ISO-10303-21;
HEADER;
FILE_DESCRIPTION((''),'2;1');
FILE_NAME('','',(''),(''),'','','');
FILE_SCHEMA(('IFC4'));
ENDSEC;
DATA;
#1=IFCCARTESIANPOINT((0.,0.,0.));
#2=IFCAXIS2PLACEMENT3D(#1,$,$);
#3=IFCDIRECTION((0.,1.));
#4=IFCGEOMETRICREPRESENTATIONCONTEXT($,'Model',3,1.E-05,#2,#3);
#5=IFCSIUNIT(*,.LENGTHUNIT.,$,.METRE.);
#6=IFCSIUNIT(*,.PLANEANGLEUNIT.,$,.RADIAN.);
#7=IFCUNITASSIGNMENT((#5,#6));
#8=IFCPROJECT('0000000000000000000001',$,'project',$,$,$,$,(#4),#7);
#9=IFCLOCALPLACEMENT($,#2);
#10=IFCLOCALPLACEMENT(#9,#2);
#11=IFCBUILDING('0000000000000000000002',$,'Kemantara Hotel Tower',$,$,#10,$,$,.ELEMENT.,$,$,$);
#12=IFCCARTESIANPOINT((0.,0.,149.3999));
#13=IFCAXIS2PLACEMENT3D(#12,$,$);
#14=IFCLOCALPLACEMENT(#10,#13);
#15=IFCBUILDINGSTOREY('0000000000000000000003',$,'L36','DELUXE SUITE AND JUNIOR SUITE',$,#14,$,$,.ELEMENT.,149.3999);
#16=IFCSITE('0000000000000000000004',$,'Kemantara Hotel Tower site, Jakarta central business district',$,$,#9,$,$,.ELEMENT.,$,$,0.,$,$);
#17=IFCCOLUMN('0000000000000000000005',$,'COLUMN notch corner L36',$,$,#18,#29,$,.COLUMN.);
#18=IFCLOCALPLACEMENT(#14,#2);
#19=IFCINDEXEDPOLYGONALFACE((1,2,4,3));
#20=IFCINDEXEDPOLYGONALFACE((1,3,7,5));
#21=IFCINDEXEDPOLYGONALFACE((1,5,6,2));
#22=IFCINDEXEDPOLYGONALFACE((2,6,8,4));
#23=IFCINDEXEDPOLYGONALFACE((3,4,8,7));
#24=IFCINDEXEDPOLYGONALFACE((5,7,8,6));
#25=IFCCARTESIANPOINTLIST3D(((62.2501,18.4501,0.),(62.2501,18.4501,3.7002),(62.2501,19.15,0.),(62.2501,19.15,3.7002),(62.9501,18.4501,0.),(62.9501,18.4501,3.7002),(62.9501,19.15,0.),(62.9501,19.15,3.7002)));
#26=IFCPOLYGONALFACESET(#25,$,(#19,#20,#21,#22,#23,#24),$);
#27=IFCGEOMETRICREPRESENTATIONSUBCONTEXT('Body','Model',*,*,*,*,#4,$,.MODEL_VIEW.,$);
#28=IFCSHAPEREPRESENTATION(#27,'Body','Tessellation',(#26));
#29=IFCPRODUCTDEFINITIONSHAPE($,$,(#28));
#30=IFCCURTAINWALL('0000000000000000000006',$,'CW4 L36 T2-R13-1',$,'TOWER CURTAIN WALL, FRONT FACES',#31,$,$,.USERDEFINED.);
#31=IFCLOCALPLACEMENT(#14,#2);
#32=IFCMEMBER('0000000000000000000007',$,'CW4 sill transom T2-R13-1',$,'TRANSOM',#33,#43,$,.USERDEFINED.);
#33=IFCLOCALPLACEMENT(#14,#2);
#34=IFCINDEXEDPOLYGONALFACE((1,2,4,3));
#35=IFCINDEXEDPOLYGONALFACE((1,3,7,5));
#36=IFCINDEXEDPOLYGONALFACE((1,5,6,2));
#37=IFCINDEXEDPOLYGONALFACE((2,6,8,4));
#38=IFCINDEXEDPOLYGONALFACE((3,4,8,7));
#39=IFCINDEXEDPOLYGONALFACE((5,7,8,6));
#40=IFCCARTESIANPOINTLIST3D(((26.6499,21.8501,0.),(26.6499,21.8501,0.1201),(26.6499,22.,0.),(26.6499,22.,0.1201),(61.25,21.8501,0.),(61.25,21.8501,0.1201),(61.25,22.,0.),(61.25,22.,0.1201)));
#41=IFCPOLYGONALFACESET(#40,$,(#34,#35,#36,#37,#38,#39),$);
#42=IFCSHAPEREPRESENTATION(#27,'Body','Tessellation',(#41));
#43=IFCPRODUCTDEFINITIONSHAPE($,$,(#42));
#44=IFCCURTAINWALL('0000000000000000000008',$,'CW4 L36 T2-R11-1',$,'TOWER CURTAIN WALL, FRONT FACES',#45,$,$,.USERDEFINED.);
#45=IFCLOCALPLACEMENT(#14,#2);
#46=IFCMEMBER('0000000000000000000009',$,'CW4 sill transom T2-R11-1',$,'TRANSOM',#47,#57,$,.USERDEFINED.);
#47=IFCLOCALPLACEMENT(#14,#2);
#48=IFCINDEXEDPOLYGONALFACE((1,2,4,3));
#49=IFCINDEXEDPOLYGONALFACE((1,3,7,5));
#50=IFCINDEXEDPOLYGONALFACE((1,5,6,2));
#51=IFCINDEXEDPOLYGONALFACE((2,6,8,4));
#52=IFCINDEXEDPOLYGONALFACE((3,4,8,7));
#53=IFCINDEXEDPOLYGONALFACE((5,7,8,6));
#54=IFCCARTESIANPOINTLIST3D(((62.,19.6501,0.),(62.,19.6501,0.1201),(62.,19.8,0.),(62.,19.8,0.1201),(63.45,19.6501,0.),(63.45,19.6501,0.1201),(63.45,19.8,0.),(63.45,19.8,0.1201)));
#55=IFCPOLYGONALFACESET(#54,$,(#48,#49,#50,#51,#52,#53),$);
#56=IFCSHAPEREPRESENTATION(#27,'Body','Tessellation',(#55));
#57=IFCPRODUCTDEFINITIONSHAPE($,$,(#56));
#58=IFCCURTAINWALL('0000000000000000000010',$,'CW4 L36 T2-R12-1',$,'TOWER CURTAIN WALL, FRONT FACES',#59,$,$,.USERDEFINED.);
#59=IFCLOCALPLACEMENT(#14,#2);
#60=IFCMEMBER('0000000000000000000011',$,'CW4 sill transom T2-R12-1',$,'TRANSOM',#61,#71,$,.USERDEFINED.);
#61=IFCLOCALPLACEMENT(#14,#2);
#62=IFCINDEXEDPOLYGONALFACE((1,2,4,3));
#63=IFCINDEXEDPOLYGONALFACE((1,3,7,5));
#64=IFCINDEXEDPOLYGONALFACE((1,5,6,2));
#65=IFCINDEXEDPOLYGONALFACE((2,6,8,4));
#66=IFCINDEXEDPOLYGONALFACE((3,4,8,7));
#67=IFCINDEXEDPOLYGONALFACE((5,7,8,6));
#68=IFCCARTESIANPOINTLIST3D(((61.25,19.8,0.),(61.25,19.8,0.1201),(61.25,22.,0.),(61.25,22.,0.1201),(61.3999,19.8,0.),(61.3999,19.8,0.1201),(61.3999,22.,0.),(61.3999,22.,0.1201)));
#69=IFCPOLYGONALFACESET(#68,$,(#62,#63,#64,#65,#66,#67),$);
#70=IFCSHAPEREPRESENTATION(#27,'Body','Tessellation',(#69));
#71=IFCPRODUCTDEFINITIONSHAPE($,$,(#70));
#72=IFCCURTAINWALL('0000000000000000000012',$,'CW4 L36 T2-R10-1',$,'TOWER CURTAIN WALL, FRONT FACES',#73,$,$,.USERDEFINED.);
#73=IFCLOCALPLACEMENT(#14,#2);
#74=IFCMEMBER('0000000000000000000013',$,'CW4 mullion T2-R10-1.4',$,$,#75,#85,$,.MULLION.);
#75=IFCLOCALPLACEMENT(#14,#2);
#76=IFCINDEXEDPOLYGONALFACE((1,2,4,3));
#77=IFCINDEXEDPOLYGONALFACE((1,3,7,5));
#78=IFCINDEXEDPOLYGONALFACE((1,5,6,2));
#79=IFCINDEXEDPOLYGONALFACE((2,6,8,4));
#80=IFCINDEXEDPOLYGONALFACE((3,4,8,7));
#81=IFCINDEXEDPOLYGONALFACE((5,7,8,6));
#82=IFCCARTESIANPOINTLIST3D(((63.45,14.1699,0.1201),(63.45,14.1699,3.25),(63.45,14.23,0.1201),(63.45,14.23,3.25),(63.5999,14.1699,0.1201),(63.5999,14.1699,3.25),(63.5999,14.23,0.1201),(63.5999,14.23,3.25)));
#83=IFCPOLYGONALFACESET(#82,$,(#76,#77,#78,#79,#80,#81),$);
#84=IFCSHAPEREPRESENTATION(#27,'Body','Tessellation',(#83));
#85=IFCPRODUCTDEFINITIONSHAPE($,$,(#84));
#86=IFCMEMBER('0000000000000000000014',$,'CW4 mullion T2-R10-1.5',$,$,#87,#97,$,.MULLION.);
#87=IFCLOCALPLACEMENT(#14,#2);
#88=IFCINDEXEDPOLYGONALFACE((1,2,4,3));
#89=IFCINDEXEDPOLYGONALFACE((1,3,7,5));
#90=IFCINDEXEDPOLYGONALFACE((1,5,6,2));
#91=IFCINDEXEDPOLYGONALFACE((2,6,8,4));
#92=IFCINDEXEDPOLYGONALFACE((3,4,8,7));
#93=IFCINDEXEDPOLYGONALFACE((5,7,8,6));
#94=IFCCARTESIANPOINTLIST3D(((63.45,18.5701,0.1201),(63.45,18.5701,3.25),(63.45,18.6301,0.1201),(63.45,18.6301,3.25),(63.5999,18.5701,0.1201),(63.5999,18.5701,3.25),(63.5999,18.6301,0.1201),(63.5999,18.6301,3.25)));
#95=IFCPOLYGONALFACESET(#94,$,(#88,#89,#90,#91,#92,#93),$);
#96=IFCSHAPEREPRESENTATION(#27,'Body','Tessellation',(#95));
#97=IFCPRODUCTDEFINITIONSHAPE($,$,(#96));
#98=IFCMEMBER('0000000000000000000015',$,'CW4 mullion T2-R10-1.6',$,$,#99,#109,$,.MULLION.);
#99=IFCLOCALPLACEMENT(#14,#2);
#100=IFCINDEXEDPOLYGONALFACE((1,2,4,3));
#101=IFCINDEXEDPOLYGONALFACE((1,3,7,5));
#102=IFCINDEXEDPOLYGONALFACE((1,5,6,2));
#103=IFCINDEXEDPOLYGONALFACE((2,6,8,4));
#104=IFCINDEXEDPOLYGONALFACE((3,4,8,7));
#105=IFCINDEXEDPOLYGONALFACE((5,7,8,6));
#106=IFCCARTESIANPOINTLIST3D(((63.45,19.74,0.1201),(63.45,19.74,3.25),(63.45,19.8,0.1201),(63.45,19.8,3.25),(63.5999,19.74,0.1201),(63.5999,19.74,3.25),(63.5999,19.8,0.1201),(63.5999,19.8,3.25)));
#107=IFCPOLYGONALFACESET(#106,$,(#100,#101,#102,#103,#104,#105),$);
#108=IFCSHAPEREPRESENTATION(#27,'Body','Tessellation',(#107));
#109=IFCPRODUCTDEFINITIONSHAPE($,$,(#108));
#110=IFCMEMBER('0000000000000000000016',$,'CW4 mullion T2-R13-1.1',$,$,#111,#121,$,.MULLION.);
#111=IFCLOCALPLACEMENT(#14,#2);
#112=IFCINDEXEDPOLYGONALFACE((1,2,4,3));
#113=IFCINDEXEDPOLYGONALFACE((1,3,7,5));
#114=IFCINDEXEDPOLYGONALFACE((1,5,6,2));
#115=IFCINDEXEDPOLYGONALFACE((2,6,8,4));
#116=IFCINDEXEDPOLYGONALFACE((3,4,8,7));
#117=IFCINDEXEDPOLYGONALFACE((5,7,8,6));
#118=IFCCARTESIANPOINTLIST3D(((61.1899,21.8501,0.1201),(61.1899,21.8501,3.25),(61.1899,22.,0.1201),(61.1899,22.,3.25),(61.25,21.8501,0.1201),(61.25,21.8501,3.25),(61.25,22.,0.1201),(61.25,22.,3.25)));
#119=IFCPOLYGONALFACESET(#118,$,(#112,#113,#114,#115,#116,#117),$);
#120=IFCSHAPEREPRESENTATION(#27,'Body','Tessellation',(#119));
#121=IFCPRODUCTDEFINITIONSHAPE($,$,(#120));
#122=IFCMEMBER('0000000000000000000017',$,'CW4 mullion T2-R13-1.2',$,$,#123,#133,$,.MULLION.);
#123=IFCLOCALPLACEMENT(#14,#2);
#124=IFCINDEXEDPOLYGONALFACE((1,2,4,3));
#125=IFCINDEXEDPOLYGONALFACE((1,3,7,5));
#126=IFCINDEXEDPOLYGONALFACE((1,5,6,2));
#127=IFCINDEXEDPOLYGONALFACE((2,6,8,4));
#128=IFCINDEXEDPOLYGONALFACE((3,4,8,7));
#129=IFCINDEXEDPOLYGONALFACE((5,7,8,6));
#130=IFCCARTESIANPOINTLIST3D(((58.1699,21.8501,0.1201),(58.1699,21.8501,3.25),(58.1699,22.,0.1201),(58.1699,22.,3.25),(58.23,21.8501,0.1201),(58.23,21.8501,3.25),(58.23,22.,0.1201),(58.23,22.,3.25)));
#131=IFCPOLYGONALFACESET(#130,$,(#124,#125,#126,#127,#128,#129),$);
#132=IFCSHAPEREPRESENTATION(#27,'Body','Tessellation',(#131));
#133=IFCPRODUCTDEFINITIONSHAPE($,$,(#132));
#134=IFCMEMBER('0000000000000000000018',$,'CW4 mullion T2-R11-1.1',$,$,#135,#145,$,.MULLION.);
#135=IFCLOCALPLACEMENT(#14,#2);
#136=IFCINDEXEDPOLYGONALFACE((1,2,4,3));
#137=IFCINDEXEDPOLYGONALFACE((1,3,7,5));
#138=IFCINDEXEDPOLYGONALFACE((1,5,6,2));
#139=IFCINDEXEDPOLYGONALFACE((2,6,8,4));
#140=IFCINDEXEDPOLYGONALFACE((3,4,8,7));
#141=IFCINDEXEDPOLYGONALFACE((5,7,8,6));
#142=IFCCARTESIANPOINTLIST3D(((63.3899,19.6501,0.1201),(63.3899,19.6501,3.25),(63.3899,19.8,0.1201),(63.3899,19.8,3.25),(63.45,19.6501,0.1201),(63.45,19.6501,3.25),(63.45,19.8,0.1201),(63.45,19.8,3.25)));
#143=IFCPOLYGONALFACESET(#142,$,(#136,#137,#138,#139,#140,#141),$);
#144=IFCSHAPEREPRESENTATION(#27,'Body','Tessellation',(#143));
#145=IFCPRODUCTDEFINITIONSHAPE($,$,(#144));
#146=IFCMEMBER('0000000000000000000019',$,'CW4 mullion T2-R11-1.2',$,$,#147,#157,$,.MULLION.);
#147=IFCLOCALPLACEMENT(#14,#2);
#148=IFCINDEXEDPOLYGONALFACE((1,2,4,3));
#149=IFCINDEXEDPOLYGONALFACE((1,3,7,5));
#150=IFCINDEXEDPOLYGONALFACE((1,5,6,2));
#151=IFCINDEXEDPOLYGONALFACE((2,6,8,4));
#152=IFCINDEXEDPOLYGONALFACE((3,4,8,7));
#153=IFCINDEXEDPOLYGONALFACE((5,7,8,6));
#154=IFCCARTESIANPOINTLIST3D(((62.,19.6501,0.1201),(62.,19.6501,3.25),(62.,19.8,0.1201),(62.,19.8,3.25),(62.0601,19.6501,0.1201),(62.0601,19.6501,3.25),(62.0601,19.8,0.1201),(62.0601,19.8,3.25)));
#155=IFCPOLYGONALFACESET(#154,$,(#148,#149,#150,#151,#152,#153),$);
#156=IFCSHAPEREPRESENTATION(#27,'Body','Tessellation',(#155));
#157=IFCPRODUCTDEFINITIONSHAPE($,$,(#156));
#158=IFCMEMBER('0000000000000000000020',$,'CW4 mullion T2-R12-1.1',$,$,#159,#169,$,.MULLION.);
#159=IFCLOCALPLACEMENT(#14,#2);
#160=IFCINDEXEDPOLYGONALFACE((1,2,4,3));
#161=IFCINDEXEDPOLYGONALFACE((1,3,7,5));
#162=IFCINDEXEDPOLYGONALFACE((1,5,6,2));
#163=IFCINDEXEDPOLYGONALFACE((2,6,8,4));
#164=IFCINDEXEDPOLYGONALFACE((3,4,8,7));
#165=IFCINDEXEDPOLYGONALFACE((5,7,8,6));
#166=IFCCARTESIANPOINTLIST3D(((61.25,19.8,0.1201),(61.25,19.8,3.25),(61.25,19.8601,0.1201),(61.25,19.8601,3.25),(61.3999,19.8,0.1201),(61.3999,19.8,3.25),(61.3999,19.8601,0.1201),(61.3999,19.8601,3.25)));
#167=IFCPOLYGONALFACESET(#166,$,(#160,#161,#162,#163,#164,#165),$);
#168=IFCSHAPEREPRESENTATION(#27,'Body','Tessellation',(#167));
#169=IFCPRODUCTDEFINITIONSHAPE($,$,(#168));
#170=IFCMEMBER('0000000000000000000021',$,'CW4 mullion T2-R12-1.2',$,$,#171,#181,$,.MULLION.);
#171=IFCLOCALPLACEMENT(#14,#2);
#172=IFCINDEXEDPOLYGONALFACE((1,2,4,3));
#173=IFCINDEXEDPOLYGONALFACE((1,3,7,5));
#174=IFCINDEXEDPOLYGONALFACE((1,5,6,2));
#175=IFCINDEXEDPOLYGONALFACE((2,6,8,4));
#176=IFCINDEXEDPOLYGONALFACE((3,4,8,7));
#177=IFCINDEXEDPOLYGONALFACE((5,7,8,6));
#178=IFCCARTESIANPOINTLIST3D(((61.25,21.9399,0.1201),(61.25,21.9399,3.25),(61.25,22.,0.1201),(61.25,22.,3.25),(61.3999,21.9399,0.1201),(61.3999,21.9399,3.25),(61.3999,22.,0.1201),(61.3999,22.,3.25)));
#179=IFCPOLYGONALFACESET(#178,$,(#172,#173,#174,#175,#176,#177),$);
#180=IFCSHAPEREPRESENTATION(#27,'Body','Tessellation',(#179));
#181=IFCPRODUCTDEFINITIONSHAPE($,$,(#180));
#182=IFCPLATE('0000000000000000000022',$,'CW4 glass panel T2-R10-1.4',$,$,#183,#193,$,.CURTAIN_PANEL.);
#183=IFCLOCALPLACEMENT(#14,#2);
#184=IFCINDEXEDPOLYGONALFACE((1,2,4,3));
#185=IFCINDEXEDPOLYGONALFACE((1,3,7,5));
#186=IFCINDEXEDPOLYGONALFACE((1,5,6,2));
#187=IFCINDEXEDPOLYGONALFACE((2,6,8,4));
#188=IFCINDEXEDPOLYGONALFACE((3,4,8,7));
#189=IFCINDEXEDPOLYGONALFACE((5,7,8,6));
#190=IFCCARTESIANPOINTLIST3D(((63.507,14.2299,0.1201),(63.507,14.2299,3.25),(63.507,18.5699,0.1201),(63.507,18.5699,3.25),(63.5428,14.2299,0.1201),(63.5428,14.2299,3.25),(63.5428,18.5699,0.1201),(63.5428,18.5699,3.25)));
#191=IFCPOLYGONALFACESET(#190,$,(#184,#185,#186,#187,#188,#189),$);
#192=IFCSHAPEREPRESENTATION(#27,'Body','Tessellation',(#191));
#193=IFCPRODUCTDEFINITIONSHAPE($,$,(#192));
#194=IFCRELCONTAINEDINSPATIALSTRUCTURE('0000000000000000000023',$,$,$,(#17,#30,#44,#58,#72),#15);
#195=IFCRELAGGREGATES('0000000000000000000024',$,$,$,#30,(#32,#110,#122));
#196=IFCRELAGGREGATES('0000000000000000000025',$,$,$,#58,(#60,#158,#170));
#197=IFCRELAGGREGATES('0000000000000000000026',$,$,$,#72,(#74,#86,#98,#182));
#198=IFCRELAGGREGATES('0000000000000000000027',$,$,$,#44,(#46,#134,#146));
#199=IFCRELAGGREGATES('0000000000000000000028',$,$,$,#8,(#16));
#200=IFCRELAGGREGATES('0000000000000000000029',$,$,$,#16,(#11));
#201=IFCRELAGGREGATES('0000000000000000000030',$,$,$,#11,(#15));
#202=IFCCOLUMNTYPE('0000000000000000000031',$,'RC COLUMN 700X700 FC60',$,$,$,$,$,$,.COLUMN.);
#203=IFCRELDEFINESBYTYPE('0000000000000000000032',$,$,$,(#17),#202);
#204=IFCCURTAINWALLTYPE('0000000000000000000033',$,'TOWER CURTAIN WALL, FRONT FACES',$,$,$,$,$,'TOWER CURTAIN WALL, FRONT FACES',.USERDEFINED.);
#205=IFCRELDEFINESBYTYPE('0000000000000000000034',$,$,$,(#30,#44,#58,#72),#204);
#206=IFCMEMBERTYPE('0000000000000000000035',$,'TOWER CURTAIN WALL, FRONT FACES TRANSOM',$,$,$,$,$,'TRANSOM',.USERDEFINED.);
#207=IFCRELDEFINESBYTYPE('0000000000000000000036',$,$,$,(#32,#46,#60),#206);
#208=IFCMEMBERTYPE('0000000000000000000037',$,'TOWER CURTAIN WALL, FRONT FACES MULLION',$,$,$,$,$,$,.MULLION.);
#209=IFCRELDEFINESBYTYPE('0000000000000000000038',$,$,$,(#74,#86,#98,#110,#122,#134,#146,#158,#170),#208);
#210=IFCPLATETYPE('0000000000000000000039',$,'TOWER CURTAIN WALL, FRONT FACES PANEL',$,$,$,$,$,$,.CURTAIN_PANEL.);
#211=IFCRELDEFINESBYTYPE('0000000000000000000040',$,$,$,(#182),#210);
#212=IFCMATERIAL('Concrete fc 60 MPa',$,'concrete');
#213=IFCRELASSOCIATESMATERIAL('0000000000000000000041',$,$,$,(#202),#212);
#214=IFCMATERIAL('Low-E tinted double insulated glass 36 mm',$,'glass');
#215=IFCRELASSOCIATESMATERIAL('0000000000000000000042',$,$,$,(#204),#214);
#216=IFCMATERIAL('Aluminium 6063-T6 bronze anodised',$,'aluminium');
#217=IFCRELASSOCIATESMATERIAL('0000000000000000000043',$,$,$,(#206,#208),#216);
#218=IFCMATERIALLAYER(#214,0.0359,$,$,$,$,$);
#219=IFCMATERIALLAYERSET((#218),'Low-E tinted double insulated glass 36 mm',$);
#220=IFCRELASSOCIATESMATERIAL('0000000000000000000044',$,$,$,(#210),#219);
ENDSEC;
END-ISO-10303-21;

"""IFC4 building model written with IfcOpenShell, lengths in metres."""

from ifc_helpers import new_model, si_unit, direction, frame, origin, origin_2d, place, context, subcontext, project, spatial, rectangle, extrude, source, transform, mapped, material, layer, layer_set, material_profile, profile_set, type_object, element, aggregate, save


model = new_model("IFC4")

# Units and contexts
model_context = context("Model", 3, precision=1e-05, world=origin(), true_north=direction((0.0, 1.0)))
body_context = subcontext(model_context, "Body", "Model", "MODEL_VIEW")
ifc_project = project(units=[si_unit("LENGTHUNIT", "METRE"), si_unit("PLANEANGLEUNIT", "RADIAN")], contexts=[model_context])

# Site, building, storey
site_placement = place(None, origin())
site = spatial("IfcSite", under=ifc_project, at=site_placement, Name="Kemantara Hotel Tower site, Jakarta central business district", CompositionType="ELEMENT", RefElevation=0.0)
building_placement = place(site_placement, origin())
building = spatial("IfcBuilding", under=site, at=building_placement, Name="Kemantara Hotel Tower", CompositionType="ELEMENT")
storey_placement = place(building_placement, frame((0.0, 0.0, 149.3999)))
storey = spatial("IfcBuildingStorey", under=building, at=storey_placement, Name="L36", Description="DELUXE SUITE AND JUNIOR SUITE", CompositionType="ELEMENT", Elevation=149.3999)

# Column
ifc_material_1 = material(Name="Concrete fc 60 MPa", Category="concrete")
ifc_material_profile_1 = material_profile(ifc_material_1, rectangle(XDim=0.7, YDim=0.7, at=origin_2d()), Name="RC 700X700")
ifc_profile_set_1 = profile_set([ifc_material_profile_1], Name="Concrete fc 60 MPa")
column_type = type_object("IfcColumnType", Name="RC COLUMN 700X700 FC60", PredefinedType="COLUMN", material=ifc_profile_set_1)
column_placement = place(storey_placement, frame((62.6001, 18.8, 0.0), z_axis=(0.0, 0.0, 1.0), x_axis=(1.0, 0.0, 0.0)))
element("IfcColumn", 1, at=column_placement, inside=storey, type_object=column_type, Name="COLUMN notch corner L36", PredefinedType="COLUMN", context=body_context, shape_type="SweptSolid", body=[
    extrude(rectangle(XDim=0.7, YDim=0.7, at=origin_2d()), origin(), (0.0, 0.0, 1.0), 3.7002),
])

# Curtain walls, members
ifc_material_2 = material(Name="Low-E tinted double insulated glass 36 mm", Category="glass")
curtain_wall_type = type_object("IfcCurtainWallType", Name="TOWER CURTAIN WALL, FRONT FACES", ElementType="TOWER CURTAIN WALL, FRONT FACES", PredefinedType="USERDEFINED", material=ifc_material_2)
curtain_wall_1_placement = place(storey_placement, origin())
curtain_wall_1 = element("IfcCurtainWall", 2, at=curtain_wall_1_placement, inside=storey, type_object=curtain_wall_type, Name="CW4 L36 T2-R13-1", ObjectType="TOWER CURTAIN WALL, FRONT FACES", PredefinedType="USERDEFINED")
ifc_material_3 = material(Name="Aluminium 6063-T6 bronze anodised", Category="aluminium")
ifc_material_profile_2 = material_profile(ifc_material_3, rectangle(XDim=0.1499, YDim=0.1201, at=origin_2d()), Name="TOWER CURTAIN WALL, FRONT FACES TRANSOM")
ifc_profile_set_2 = profile_set([ifc_material_profile_2], Name="Aluminium 6063-T6 bronze anodised")
member_type_1 = type_object("IfcMemberType", Name="TOWER CURTAIN WALL, FRONT FACES TRANSOM", ElementType="TRANSOM", PredefinedType="USERDEFINED", material=ifc_profile_set_2)
member_1_placement = place(storey_placement, frame((61.25, 21.925, 0.0601), z_axis=(-1.0, 0.0, 0.0), x_axis=(0.0, -1.0, 0.0)))
member_1 = element("IfcMember", 3, at=member_1_placement, type_object=member_type_1, Name="CW4 sill transom T2-R13-1", ObjectType="TRANSOM", PredefinedType="USERDEFINED", context=body_context, shape_type="SweptSolid", body=[
    extrude(rectangle(XDim=0.1499, YDim=0.1201, at=origin_2d()), origin(), (0.0, 0.0, 1.0), 34.6001),
])
curtain_wall_2_placement = place(storey_placement, origin())
curtain_wall_2 = element("IfcCurtainWall", 4, at=curtain_wall_2_placement, inside=storey, type_object=curtain_wall_type, Name="CW4 L36 T2-R11-1", ObjectType="TOWER CURTAIN WALL, FRONT FACES", PredefinedType="USERDEFINED")
member_2_placement = place(storey_placement, frame((63.45, 19.7251, 0.0601), z_axis=(-1.0, 0.0, 0.0), x_axis=(0.0, -1.0, 0.0)))
member_2 = element("IfcMember", 5, at=member_2_placement, type_object=member_type_1, Name="CW4 sill transom T2-R11-1", ObjectType="TRANSOM", PredefinedType="USERDEFINED", context=body_context, shape_type="SweptSolid", body=[
    extrude(rectangle(XDim=0.1499, YDim=0.1201, at=origin_2d()), origin(), (0.0, 0.0, 1.0), 1.45),
])
curtain_wall_3_placement = place(storey_placement, origin())
curtain_wall_3 = element("IfcCurtainWall", 6, at=curtain_wall_3_placement, inside=storey, type_object=curtain_wall_type, Name="CW4 L36 T2-R12-1", ObjectType="TOWER CURTAIN WALL, FRONT FACES", PredefinedType="USERDEFINED")
member_3_placement = place(storey_placement, frame((61.325, 19.8, 0.0601), z_axis=(0.0, 1.0, 0.0), x_axis=(-1.0, 0.0, 0.0)))
member_3 = element("IfcMember", 7, at=member_3_placement, type_object=member_type_1, Name="CW4 sill transom T2-R12-1", ObjectType="TRANSOM", PredefinedType="USERDEFINED", context=body_context, shape_type="SweptSolid", body=[
    extrude(rectangle(XDim=0.1499, YDim=0.1201, at=origin_2d()), origin(), (0.0, 0.0, 1.0), 2.2),
])

# Curtain wall, members
curtain_wall_4_placement = place(storey_placement, origin())
curtain_wall_4 = element("IfcCurtainWall", 8, at=curtain_wall_4_placement, inside=storey, type_object=curtain_wall_type, Name="CW4 L36 T2-R10-1", ObjectType="TOWER CURTAIN WALL, FRONT FACES", PredefinedType="USERDEFINED")
ifc_material_profile_3 = material_profile(ifc_material_3, rectangle(XDim=0.1499, YDim=0.0601, at=origin_2d()), Name="TOWER CURTAIN WALL, FRONT FACES MULLION")
ifc_profile_set_3 = profile_set([ifc_material_profile_3], Name="Aluminium 6063-T6 bronze anodised")
member_type_2 = type_object("IfcMemberType", Name="TOWER CURTAIN WALL, FRONT FACES MULLION", PredefinedType="MULLION", material=ifc_profile_set_3)
shared_shape_1 = source(origin(), body_context, "Body", "SweptSolid", [
    extrude(rectangle(XDim=0.1499, YDim=0.0601, at=origin_2d()), origin(), (0.0, 0.0, 1.0), 3.1299),
])
member_4_placement = place(storey_placement, frame((63.5249, 14.2, 0.1201), z_axis=(0.0, 0.0, 1.0), x_axis=(-1.0, 0.0, 0.0)))
member_4 = element("IfcMember", 9, at=member_4_placement, type_object=member_type_2, Name="CW4 mullion T2-R10-1.4", PredefinedType="MULLION", context=body_context, shape_type="MappedRepresentation", body=[
    mapped(shared_shape_1, transform((0.0, 0.0, 0.0))),
])
member_5_placement = place(storey_placement, frame((63.5249, 18.6001, 0.1201), z_axis=(0.0, 0.0, 1.0), x_axis=(-1.0, 0.0, 0.0)))
member_5 = element("IfcMember", 10, at=member_5_placement, type_object=member_type_2, Name="CW4 mullion T2-R10-1.5", PredefinedType="MULLION", context=body_context, shape_type="MappedRepresentation", body=[
    mapped(shared_shape_1, transform((0.0, 0.0, 0.0))),
])
member_6_placement = place(storey_placement, frame((63.5249, 19.77, 0.1201), z_axis=(0.0, 0.0, 1.0), x_axis=(-1.0, 0.0, 0.0)))
member_6 = element("IfcMember", 11, at=member_6_placement, type_object=member_type_2, Name="CW4 mullion T2-R10-1.6", PredefinedType="MULLION", context=body_context, shape_type="MappedRepresentation", body=[
    mapped(shared_shape_1, transform((0.0, 0.0, 0.0))),
])

# Members
member_7_placement = place(storey_placement, frame((61.22, 21.925, 0.1201), z_axis=(0.0, 0.0, 1.0), x_axis=(0.0, -1.0, 0.0)))
member_7 = element("IfcMember", 12, at=member_7_placement, type_object=member_type_2, Name="CW4 mullion T2-R13-1.1", PredefinedType="MULLION", context=body_context, shape_type="MappedRepresentation", body=[
    mapped(shared_shape_1, transform((0.0, 0.0, 0.0))),
])
member_8_placement = place(storey_placement, frame((58.2, 21.925, 0.1201), z_axis=(0.0, 0.0, 1.0), x_axis=(0.0, -1.0, 0.0)))
member_8 = element("IfcMember", 13, at=member_8_placement, type_object=member_type_2, Name="CW4 mullion T2-R13-1.2", PredefinedType="MULLION", context=body_context, shape_type="MappedRepresentation", body=[
    mapped(shared_shape_1, transform((0.0, 0.0, 0.0))),
])
member_9_placement = place(storey_placement, frame((63.4199, 19.7251, 0.1201), z_axis=(0.0, 0.0, 1.0), x_axis=(0.0, -1.0, 0.0)))
member_9 = element("IfcMember", 14, at=member_9_placement, type_object=member_type_2, Name="CW4 mullion T2-R11-1.1", PredefinedType="MULLION", context=body_context, shape_type="MappedRepresentation", body=[
    mapped(shared_shape_1, transform((0.0, 0.0, 0.0))),
])
member_10_placement = place(storey_placement, frame((62.03, 19.7251, 0.1201), z_axis=(0.0, 0.0, 1.0), x_axis=(0.0, -1.0, 0.0)))
member_10 = element("IfcMember", 15, at=member_10_placement, type_object=member_type_2, Name="CW4 mullion T2-R11-1.2", PredefinedType="MULLION", context=body_context, shape_type="MappedRepresentation", body=[
    mapped(shared_shape_1, transform((0.0, 0.0, 0.0))),
])
member_11_placement = place(storey_placement, frame((61.325, 19.8301, 0.1201), z_axis=(0.0, 0.0, 1.0), x_axis=(-1.0, 0.0, 0.0)))
member_11 = element("IfcMember", 16, at=member_11_placement, type_object=member_type_2, Name="CW4 mullion T2-R12-1.1", PredefinedType="MULLION", context=body_context, shape_type="MappedRepresentation", body=[
    mapped(shared_shape_1, transform((0.0, 0.0, 0.0))),
])
member_12_placement = place(storey_placement, frame((61.325, 21.97, 0.1201), z_axis=(0.0, 0.0, 1.0), x_axis=(-1.0, 0.0, 0.0)))
member_12 = element("IfcMember", 17, at=member_12_placement, type_object=member_type_2, Name="CW4 mullion T2-R12-1.2", PredefinedType="MULLION", context=body_context, shape_type="MappedRepresentation", body=[
    mapped(shared_shape_1, transform((0.0, 0.0, 0.0))),
])

# Plate
ifc_layer_1 = layer(ifc_material_2, 0.0359)
ifc_layer_set_1 = layer_set([ifc_layer_1], Name="Low-E tinted double insulated glass 36 mm")
plate_type = type_object("IfcPlateType", Name="TOWER CURTAIN WALL, FRONT FACES PANEL", PredefinedType="CURTAIN_PANEL", material=ifc_layer_set_1)
shared_shape_2 = source(origin(), body_context, "Body", "SweptSolid", [
    extrude(rectangle(XDim=4.3401, YDim=0.0359, at=origin_2d()), origin(), (0.0, 0.0, 1.0), 3.1299),
])
plate_1_placement = place(storey_placement, frame((63.5249, 16.3999, 0.1201), z_axis=(0.0, 0.0, 1.0), x_axis=(0.0, 1.0, 0.0)))
plate_1 = element("IfcPlate", 18, at=plate_1_placement, type_object=plate_type, Name="CW4 glass panel T2-R10-1.4", PredefinedType="CURTAIN_PANEL", context=body_context, shape_type="MappedRepresentation", body=[
    mapped(shared_shape_2, transform((0.0, 0.0, 0.0))),
])
aggregate(curtain_wall_1, [member_1, member_7, member_8])
aggregate(curtain_wall_3, [member_3, member_11, member_12])
aggregate(curtain_wall_4, [member_4, member_5, member_6, plate_1])
aggregate(curtain_wall_2, [member_2, member_9, member_10])

save(model, "model.ifc")
